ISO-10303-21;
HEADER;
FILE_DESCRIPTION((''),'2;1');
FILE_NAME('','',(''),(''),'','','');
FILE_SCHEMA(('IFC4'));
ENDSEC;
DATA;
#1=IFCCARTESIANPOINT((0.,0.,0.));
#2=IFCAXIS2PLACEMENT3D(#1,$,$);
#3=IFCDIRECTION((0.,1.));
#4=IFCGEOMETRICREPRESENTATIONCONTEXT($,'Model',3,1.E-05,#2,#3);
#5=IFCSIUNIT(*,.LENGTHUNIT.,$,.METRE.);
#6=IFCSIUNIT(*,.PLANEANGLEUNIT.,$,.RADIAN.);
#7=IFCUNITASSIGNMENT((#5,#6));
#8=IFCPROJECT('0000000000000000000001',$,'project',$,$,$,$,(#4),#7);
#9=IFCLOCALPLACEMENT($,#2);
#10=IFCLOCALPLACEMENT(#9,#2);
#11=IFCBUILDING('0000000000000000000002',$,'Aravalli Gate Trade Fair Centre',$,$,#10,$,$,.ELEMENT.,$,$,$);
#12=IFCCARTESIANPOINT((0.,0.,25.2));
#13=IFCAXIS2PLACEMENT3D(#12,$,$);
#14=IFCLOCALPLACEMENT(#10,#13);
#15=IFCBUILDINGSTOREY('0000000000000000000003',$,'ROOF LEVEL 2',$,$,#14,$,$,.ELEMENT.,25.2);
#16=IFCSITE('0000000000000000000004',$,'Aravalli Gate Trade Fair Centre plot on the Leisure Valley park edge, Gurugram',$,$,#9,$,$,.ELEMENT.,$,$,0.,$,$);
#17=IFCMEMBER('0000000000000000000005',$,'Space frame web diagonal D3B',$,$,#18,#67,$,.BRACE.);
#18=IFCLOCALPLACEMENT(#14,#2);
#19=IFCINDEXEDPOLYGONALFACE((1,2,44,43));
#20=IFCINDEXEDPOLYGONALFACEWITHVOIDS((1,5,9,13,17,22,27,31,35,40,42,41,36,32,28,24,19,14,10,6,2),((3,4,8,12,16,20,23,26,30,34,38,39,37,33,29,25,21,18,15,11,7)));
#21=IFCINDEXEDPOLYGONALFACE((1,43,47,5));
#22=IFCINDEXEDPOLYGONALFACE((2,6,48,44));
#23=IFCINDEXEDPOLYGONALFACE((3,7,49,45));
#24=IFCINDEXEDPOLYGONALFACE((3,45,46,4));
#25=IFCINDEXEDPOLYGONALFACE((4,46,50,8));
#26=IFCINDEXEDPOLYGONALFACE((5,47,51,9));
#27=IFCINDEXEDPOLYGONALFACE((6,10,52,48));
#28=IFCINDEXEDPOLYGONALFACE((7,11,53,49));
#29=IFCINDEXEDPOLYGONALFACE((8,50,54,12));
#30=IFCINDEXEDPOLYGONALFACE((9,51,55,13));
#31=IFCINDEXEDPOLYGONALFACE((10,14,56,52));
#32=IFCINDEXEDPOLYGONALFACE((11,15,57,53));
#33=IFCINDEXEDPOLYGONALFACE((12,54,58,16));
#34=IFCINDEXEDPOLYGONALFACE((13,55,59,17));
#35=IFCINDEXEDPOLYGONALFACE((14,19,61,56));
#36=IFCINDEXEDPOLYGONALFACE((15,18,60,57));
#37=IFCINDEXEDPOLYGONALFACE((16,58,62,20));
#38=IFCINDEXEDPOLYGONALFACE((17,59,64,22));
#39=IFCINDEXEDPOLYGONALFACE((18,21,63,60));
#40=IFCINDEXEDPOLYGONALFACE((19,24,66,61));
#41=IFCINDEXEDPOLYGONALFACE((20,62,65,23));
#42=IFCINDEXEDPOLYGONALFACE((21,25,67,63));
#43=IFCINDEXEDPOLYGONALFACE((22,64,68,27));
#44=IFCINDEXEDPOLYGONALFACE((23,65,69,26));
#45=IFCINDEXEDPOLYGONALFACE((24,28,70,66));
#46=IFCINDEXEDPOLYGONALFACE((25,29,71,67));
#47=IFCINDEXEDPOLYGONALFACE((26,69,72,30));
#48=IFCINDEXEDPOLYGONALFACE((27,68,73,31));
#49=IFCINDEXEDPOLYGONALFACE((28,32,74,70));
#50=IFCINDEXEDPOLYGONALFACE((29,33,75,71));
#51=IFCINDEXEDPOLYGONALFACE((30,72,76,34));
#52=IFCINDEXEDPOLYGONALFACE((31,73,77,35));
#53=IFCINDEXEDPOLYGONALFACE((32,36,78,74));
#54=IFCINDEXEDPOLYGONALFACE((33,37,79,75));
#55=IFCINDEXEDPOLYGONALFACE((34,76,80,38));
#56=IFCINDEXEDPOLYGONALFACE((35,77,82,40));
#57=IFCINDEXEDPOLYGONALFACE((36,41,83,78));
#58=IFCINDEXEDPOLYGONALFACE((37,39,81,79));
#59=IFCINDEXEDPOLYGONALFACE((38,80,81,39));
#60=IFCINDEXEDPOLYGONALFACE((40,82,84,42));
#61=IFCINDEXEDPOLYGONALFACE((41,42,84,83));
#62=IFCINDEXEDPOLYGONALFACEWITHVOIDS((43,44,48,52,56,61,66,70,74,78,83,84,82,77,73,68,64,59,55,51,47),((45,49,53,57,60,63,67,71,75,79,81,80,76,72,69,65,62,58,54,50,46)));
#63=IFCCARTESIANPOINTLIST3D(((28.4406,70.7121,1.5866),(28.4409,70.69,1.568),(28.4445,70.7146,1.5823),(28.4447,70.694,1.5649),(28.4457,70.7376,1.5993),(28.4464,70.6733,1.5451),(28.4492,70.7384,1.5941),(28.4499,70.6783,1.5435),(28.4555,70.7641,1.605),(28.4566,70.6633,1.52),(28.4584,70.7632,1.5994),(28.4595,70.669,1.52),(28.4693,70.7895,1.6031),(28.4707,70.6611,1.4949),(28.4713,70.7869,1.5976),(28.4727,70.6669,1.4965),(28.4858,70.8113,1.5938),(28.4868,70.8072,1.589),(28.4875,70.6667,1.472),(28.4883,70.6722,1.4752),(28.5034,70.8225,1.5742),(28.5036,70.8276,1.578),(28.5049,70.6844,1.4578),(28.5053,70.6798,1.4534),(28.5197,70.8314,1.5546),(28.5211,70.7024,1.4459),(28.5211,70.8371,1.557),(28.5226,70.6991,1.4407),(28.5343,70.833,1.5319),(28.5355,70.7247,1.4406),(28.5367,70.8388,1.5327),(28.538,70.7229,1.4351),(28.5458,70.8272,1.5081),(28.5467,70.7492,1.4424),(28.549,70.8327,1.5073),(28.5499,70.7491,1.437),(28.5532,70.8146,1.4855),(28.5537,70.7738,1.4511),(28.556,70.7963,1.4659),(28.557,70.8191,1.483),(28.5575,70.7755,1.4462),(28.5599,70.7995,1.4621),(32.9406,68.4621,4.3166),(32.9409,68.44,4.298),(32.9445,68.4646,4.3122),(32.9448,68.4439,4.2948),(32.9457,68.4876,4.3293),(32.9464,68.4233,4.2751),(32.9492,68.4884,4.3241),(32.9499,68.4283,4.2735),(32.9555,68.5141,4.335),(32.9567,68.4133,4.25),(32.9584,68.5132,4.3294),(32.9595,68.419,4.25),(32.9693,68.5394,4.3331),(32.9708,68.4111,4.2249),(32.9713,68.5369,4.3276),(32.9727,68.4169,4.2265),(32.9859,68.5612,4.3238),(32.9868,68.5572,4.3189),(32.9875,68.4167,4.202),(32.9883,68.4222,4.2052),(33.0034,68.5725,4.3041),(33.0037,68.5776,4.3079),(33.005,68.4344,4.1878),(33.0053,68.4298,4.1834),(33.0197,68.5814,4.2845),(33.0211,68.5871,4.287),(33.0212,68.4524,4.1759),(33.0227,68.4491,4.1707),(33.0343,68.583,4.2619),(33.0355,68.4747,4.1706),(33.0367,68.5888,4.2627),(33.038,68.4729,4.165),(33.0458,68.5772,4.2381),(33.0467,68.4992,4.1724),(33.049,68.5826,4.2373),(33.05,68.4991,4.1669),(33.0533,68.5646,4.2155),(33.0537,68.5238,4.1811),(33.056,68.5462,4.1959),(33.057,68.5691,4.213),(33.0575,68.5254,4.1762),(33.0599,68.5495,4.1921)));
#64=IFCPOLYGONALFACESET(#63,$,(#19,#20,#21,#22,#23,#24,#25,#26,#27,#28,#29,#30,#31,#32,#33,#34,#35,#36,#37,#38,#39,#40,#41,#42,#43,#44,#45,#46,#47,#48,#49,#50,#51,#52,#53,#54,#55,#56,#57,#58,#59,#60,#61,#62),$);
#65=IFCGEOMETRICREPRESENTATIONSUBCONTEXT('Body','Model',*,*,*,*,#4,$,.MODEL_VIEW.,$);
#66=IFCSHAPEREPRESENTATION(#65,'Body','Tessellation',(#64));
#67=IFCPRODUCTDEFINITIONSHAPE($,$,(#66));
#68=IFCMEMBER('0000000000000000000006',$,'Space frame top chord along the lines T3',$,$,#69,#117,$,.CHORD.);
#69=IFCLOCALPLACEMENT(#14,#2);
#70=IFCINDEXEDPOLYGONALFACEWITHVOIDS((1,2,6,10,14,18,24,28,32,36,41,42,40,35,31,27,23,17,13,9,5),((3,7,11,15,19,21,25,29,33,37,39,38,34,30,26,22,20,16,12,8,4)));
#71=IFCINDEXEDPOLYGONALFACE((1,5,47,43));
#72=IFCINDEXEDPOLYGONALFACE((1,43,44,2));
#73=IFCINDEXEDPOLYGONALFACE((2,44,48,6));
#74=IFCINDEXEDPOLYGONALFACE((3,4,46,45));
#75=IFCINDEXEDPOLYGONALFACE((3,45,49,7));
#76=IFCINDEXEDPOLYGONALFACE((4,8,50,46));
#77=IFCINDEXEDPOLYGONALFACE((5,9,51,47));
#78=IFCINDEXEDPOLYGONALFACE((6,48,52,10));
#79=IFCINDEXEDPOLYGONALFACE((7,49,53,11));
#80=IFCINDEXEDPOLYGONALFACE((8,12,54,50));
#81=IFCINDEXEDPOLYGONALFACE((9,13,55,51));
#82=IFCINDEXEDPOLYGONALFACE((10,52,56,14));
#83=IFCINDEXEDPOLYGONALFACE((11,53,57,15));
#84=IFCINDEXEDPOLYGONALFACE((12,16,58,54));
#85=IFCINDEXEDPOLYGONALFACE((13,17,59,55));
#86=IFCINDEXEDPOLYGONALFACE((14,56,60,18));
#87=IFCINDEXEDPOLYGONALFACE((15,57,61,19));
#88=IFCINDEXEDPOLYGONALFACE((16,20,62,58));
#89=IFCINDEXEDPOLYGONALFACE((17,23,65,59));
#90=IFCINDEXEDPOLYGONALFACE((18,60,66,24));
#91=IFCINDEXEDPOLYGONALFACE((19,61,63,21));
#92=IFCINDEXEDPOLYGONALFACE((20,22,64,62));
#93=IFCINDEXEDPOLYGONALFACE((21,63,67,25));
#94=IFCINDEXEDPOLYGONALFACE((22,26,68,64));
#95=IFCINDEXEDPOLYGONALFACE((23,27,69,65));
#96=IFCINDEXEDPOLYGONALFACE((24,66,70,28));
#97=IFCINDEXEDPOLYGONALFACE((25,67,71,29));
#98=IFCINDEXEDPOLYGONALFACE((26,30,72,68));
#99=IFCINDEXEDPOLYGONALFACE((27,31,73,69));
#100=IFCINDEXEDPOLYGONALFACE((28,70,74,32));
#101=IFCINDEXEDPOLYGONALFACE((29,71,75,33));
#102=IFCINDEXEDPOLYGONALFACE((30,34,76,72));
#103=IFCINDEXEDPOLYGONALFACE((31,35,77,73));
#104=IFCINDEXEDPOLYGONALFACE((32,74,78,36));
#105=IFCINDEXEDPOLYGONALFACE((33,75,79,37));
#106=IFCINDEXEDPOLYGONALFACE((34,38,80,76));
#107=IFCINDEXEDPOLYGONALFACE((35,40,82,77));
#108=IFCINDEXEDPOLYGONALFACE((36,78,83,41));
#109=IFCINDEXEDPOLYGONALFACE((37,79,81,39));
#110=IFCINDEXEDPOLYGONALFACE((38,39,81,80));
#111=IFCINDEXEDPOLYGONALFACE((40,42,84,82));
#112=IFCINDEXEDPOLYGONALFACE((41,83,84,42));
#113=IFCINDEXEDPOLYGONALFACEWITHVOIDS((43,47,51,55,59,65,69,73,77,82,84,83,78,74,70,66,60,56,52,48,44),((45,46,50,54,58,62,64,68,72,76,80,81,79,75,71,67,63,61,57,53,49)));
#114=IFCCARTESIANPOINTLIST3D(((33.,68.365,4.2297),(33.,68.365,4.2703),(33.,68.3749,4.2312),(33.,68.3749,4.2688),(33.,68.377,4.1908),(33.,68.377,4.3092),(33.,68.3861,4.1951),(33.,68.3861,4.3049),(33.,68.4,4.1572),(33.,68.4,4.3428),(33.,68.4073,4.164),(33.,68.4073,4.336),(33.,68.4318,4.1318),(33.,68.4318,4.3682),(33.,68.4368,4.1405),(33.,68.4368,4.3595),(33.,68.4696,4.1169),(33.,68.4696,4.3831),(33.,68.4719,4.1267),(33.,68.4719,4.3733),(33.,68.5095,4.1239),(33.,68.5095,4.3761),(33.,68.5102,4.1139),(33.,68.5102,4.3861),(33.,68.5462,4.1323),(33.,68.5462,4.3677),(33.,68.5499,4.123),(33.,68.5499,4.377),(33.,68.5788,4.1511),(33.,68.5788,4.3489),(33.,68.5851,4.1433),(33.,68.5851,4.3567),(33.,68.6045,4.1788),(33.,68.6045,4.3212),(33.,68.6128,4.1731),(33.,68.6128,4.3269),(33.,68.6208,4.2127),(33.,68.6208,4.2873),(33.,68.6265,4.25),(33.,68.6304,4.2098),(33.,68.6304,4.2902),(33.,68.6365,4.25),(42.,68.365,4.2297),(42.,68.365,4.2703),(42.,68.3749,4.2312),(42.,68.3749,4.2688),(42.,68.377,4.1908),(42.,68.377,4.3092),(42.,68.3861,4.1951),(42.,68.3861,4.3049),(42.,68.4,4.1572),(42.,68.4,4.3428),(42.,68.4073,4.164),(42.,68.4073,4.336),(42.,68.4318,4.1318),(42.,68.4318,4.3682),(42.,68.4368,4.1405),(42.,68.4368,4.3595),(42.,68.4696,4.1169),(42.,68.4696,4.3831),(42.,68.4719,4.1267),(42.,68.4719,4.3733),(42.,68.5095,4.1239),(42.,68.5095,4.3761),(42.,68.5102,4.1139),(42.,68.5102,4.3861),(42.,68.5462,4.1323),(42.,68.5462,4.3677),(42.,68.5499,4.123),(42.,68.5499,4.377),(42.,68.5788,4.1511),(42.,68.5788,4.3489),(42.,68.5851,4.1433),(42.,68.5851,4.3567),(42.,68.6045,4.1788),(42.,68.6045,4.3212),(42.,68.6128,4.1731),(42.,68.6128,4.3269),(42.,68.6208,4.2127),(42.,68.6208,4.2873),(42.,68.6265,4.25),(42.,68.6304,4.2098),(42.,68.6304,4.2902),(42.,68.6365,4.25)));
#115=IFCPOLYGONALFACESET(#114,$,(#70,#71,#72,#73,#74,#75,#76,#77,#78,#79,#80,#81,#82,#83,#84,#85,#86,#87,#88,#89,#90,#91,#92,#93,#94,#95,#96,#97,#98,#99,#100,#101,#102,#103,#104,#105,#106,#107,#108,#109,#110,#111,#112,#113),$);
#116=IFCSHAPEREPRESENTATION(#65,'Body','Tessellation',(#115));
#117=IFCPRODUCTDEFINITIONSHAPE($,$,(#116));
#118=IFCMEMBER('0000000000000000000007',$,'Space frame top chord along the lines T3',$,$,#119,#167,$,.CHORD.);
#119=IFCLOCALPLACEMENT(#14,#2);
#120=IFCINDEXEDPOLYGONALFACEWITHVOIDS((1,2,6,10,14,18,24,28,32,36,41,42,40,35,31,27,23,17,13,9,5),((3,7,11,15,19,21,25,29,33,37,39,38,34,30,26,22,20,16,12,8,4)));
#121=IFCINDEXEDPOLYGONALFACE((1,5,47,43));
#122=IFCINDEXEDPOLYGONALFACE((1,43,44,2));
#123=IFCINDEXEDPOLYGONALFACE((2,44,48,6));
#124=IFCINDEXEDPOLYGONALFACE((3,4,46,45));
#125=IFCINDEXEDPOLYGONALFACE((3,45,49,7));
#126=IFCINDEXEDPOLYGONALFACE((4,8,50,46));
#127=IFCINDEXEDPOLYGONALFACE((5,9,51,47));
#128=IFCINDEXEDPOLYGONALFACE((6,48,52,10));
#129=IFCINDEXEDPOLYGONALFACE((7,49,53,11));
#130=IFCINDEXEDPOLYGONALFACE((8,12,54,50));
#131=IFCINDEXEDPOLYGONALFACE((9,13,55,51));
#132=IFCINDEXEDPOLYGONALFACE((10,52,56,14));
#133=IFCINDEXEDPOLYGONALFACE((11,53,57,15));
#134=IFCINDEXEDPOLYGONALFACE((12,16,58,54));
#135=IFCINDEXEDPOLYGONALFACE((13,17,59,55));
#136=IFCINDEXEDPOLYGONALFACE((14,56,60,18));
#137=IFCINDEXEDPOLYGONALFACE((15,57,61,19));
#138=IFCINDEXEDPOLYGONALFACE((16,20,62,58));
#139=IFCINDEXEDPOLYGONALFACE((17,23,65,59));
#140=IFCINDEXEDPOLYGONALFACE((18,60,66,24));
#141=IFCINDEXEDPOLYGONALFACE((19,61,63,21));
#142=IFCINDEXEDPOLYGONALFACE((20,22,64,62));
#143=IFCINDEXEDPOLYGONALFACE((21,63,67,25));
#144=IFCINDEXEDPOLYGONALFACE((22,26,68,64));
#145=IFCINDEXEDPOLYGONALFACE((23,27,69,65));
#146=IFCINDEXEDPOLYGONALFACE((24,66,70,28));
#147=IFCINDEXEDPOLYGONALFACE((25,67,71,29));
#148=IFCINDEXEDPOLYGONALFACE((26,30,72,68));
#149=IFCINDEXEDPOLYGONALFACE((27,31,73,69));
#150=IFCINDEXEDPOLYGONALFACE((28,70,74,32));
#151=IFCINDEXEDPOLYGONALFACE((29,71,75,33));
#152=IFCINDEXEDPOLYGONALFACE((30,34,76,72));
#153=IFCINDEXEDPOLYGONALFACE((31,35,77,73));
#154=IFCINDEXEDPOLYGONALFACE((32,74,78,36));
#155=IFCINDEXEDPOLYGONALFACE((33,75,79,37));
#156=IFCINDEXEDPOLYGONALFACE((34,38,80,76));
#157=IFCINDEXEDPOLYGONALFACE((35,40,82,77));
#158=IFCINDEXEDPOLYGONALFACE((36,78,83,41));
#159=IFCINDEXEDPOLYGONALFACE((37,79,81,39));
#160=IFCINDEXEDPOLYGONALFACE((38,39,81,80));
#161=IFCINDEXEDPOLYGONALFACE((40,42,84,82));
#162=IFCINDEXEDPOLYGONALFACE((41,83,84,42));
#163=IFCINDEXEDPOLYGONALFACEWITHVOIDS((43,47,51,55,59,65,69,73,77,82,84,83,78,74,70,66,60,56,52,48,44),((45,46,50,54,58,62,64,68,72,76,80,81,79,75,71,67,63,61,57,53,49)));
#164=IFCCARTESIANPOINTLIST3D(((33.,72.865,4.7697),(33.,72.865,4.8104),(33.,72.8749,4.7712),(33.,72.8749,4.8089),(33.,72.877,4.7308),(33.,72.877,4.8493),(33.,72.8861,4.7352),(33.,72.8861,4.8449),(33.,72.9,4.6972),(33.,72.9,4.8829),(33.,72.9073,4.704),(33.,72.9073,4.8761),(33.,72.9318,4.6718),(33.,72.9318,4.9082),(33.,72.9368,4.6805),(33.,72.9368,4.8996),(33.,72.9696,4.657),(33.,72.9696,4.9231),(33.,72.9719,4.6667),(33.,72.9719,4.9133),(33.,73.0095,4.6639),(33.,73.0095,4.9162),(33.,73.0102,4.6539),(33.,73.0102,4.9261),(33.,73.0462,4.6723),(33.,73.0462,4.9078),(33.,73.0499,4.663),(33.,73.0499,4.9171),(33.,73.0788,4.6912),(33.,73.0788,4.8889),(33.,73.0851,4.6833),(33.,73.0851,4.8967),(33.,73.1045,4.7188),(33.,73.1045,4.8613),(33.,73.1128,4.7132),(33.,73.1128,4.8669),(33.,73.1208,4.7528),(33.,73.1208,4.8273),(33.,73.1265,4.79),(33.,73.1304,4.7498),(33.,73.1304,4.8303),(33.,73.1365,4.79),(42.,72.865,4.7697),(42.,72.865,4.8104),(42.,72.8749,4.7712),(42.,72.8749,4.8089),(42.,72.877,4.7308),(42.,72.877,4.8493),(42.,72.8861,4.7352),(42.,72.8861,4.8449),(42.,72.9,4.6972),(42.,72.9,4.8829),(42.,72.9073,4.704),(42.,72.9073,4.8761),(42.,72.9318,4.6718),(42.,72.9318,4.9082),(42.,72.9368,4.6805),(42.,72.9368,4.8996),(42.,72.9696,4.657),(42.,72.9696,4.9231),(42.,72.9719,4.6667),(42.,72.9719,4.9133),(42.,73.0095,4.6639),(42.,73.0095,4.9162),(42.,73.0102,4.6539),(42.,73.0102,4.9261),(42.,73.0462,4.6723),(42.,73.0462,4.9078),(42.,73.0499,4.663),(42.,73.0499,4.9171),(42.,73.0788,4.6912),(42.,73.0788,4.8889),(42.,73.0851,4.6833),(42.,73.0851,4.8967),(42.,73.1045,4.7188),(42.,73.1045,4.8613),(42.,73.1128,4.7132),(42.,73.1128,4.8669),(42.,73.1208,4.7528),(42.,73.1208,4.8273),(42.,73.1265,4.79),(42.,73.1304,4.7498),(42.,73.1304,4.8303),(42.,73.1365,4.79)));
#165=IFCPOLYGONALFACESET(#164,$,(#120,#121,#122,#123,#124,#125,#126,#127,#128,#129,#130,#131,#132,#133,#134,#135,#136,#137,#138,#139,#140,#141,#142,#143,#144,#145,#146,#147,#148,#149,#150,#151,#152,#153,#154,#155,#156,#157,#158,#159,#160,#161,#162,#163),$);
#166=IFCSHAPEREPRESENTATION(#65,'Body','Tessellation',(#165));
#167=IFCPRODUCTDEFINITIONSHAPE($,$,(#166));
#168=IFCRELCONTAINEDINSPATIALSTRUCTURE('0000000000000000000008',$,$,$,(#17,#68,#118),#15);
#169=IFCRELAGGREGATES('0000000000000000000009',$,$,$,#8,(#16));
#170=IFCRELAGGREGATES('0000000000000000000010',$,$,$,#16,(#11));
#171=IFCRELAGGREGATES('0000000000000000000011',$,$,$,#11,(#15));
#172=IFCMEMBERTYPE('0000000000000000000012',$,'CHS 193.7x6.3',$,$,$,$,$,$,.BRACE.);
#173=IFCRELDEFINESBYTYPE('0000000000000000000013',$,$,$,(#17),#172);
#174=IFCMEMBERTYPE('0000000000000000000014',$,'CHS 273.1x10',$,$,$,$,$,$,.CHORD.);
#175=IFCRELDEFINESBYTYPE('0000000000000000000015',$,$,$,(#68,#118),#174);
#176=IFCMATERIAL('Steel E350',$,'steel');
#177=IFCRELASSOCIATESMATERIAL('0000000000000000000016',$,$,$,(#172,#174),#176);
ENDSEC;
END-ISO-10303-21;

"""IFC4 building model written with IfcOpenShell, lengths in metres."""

from ifc_helpers import new_model, si_unit, direction, frame, origin, origin_2d, place, context, subcontext, project, spatial, hollow_circle, extrude, material, material_profile, profile_set, type_object, element, save


model = new_model("IFC4")

# Units and contexts
model_context = context("Model", 3, precision=1e-05, world=origin(), true_north=direction((0.0, 1.0)))
body_context = subcontext(model_context, "Body", "Model", "MODEL_VIEW")
ifc_project = project(units=[si_unit("LENGTHUNIT", "METRE"), si_unit("PLANEANGLEUNIT", "RADIAN")], contexts=[model_context])

# Site, building, storey
site_placement = place(None, origin())
site = spatial("IfcSite", under=ifc_project, at=site_placement, Name="Aravalli Gate Trade Fair Centre plot on the Leisure Valley park edge, Gurugram", CompositionType="ELEMENT", RefElevation=0.0)
building_placement = place(site_placement, origin())
building = spatial("IfcBuilding", under=site, at=building_placement, Name="Aravalli Gate Trade Fair Centre", CompositionType="ELEMENT")
storey_placement = place(building_placement, frame((0.0, 0.0, 25.2)))
storey = spatial("IfcBuildingStorey", under=building, at=storey_placement, Name="ROOF LEVEL 2", CompositionType="ELEMENT", Elevation=25.2)

# Members
ifc_material_1 = material(Name="Steel E350", Category="steel")
ifc_material_profile_1 = material_profile(ifc_material_1, hollow_circle(Radius=0.0969, WallThickness=0.0063, at=origin_2d()), Name="CHS 193.7x6.3")
ifc_profile_set_1 = profile_set([ifc_material_profile_1], Name="Steel E350")
member_type_1 = type_object("IfcMemberType", Name="CHS 193.7x6.3", PredefinedType="BRACE", material=ifc_profile_set_1)
for number, where, z_axis, x_axis, name in (
    (1, (33.0, 68.5, 4.25), (-0.78615, 0.393075, -0.476928), (-0.447214, -0.894427, 0.0), "Space frame web diagonal D3B"),
):
    element("IfcMember", number, at=place(storey_placement, frame(where, z_axis=z_axis, x_axis=x_axis)), inside=storey, type_object=member_type_1, Name=name, PredefinedType="BRACE", context=body_context, shape_type="SweptSolid", body=[
        extrude(hollow_circle(Radius=0.0969, WallThickness=0.0063, at=origin_2d()), origin(), (0.0, 0.0, 1.0), 5.7241),
    ])
ifc_material_profile_2 = material_profile(ifc_material_1, hollow_circle(Radius=0.1365, WallThickness=0.01, at=origin_2d()), Name="CHS 273.1x10")
ifc_profile_set_2 = profile_set([ifc_material_profile_2], Name="Steel E350")
member_type_2 = type_object("IfcMemberType", Name="CHS 273.1x10", PredefinedType="CHORD", material=ifc_profile_set_2)
for number, where, z_axis, x_axis, name in (
    (2, (33.0, 68.5, 4.25), (1.0, 0.0, 0.0), (0.0, 1.0, 0.0), "Space frame top chord along the lines T3"),
    (3, (33.0, 73.0, 4.79), (1.0, 0.0, 0.0), (0.0, 1.0, 0.0), "Space frame top chord along the lines T3"),
):
    element("IfcMember", number, at=place(storey_placement, frame(where, z_axis=z_axis, x_axis=x_axis)), inside=storey, type_object=member_type_2, Name=name, PredefinedType="CHORD", context=body_context, shape_type="SweptSolid", body=[
        extrude(hollow_circle(Radius=0.1365, WallThickness=0.01, at=origin_2d()), origin(), (0.0, 0.0, 1.0), 9.0),
    ])

save(model, "model.ifc")
